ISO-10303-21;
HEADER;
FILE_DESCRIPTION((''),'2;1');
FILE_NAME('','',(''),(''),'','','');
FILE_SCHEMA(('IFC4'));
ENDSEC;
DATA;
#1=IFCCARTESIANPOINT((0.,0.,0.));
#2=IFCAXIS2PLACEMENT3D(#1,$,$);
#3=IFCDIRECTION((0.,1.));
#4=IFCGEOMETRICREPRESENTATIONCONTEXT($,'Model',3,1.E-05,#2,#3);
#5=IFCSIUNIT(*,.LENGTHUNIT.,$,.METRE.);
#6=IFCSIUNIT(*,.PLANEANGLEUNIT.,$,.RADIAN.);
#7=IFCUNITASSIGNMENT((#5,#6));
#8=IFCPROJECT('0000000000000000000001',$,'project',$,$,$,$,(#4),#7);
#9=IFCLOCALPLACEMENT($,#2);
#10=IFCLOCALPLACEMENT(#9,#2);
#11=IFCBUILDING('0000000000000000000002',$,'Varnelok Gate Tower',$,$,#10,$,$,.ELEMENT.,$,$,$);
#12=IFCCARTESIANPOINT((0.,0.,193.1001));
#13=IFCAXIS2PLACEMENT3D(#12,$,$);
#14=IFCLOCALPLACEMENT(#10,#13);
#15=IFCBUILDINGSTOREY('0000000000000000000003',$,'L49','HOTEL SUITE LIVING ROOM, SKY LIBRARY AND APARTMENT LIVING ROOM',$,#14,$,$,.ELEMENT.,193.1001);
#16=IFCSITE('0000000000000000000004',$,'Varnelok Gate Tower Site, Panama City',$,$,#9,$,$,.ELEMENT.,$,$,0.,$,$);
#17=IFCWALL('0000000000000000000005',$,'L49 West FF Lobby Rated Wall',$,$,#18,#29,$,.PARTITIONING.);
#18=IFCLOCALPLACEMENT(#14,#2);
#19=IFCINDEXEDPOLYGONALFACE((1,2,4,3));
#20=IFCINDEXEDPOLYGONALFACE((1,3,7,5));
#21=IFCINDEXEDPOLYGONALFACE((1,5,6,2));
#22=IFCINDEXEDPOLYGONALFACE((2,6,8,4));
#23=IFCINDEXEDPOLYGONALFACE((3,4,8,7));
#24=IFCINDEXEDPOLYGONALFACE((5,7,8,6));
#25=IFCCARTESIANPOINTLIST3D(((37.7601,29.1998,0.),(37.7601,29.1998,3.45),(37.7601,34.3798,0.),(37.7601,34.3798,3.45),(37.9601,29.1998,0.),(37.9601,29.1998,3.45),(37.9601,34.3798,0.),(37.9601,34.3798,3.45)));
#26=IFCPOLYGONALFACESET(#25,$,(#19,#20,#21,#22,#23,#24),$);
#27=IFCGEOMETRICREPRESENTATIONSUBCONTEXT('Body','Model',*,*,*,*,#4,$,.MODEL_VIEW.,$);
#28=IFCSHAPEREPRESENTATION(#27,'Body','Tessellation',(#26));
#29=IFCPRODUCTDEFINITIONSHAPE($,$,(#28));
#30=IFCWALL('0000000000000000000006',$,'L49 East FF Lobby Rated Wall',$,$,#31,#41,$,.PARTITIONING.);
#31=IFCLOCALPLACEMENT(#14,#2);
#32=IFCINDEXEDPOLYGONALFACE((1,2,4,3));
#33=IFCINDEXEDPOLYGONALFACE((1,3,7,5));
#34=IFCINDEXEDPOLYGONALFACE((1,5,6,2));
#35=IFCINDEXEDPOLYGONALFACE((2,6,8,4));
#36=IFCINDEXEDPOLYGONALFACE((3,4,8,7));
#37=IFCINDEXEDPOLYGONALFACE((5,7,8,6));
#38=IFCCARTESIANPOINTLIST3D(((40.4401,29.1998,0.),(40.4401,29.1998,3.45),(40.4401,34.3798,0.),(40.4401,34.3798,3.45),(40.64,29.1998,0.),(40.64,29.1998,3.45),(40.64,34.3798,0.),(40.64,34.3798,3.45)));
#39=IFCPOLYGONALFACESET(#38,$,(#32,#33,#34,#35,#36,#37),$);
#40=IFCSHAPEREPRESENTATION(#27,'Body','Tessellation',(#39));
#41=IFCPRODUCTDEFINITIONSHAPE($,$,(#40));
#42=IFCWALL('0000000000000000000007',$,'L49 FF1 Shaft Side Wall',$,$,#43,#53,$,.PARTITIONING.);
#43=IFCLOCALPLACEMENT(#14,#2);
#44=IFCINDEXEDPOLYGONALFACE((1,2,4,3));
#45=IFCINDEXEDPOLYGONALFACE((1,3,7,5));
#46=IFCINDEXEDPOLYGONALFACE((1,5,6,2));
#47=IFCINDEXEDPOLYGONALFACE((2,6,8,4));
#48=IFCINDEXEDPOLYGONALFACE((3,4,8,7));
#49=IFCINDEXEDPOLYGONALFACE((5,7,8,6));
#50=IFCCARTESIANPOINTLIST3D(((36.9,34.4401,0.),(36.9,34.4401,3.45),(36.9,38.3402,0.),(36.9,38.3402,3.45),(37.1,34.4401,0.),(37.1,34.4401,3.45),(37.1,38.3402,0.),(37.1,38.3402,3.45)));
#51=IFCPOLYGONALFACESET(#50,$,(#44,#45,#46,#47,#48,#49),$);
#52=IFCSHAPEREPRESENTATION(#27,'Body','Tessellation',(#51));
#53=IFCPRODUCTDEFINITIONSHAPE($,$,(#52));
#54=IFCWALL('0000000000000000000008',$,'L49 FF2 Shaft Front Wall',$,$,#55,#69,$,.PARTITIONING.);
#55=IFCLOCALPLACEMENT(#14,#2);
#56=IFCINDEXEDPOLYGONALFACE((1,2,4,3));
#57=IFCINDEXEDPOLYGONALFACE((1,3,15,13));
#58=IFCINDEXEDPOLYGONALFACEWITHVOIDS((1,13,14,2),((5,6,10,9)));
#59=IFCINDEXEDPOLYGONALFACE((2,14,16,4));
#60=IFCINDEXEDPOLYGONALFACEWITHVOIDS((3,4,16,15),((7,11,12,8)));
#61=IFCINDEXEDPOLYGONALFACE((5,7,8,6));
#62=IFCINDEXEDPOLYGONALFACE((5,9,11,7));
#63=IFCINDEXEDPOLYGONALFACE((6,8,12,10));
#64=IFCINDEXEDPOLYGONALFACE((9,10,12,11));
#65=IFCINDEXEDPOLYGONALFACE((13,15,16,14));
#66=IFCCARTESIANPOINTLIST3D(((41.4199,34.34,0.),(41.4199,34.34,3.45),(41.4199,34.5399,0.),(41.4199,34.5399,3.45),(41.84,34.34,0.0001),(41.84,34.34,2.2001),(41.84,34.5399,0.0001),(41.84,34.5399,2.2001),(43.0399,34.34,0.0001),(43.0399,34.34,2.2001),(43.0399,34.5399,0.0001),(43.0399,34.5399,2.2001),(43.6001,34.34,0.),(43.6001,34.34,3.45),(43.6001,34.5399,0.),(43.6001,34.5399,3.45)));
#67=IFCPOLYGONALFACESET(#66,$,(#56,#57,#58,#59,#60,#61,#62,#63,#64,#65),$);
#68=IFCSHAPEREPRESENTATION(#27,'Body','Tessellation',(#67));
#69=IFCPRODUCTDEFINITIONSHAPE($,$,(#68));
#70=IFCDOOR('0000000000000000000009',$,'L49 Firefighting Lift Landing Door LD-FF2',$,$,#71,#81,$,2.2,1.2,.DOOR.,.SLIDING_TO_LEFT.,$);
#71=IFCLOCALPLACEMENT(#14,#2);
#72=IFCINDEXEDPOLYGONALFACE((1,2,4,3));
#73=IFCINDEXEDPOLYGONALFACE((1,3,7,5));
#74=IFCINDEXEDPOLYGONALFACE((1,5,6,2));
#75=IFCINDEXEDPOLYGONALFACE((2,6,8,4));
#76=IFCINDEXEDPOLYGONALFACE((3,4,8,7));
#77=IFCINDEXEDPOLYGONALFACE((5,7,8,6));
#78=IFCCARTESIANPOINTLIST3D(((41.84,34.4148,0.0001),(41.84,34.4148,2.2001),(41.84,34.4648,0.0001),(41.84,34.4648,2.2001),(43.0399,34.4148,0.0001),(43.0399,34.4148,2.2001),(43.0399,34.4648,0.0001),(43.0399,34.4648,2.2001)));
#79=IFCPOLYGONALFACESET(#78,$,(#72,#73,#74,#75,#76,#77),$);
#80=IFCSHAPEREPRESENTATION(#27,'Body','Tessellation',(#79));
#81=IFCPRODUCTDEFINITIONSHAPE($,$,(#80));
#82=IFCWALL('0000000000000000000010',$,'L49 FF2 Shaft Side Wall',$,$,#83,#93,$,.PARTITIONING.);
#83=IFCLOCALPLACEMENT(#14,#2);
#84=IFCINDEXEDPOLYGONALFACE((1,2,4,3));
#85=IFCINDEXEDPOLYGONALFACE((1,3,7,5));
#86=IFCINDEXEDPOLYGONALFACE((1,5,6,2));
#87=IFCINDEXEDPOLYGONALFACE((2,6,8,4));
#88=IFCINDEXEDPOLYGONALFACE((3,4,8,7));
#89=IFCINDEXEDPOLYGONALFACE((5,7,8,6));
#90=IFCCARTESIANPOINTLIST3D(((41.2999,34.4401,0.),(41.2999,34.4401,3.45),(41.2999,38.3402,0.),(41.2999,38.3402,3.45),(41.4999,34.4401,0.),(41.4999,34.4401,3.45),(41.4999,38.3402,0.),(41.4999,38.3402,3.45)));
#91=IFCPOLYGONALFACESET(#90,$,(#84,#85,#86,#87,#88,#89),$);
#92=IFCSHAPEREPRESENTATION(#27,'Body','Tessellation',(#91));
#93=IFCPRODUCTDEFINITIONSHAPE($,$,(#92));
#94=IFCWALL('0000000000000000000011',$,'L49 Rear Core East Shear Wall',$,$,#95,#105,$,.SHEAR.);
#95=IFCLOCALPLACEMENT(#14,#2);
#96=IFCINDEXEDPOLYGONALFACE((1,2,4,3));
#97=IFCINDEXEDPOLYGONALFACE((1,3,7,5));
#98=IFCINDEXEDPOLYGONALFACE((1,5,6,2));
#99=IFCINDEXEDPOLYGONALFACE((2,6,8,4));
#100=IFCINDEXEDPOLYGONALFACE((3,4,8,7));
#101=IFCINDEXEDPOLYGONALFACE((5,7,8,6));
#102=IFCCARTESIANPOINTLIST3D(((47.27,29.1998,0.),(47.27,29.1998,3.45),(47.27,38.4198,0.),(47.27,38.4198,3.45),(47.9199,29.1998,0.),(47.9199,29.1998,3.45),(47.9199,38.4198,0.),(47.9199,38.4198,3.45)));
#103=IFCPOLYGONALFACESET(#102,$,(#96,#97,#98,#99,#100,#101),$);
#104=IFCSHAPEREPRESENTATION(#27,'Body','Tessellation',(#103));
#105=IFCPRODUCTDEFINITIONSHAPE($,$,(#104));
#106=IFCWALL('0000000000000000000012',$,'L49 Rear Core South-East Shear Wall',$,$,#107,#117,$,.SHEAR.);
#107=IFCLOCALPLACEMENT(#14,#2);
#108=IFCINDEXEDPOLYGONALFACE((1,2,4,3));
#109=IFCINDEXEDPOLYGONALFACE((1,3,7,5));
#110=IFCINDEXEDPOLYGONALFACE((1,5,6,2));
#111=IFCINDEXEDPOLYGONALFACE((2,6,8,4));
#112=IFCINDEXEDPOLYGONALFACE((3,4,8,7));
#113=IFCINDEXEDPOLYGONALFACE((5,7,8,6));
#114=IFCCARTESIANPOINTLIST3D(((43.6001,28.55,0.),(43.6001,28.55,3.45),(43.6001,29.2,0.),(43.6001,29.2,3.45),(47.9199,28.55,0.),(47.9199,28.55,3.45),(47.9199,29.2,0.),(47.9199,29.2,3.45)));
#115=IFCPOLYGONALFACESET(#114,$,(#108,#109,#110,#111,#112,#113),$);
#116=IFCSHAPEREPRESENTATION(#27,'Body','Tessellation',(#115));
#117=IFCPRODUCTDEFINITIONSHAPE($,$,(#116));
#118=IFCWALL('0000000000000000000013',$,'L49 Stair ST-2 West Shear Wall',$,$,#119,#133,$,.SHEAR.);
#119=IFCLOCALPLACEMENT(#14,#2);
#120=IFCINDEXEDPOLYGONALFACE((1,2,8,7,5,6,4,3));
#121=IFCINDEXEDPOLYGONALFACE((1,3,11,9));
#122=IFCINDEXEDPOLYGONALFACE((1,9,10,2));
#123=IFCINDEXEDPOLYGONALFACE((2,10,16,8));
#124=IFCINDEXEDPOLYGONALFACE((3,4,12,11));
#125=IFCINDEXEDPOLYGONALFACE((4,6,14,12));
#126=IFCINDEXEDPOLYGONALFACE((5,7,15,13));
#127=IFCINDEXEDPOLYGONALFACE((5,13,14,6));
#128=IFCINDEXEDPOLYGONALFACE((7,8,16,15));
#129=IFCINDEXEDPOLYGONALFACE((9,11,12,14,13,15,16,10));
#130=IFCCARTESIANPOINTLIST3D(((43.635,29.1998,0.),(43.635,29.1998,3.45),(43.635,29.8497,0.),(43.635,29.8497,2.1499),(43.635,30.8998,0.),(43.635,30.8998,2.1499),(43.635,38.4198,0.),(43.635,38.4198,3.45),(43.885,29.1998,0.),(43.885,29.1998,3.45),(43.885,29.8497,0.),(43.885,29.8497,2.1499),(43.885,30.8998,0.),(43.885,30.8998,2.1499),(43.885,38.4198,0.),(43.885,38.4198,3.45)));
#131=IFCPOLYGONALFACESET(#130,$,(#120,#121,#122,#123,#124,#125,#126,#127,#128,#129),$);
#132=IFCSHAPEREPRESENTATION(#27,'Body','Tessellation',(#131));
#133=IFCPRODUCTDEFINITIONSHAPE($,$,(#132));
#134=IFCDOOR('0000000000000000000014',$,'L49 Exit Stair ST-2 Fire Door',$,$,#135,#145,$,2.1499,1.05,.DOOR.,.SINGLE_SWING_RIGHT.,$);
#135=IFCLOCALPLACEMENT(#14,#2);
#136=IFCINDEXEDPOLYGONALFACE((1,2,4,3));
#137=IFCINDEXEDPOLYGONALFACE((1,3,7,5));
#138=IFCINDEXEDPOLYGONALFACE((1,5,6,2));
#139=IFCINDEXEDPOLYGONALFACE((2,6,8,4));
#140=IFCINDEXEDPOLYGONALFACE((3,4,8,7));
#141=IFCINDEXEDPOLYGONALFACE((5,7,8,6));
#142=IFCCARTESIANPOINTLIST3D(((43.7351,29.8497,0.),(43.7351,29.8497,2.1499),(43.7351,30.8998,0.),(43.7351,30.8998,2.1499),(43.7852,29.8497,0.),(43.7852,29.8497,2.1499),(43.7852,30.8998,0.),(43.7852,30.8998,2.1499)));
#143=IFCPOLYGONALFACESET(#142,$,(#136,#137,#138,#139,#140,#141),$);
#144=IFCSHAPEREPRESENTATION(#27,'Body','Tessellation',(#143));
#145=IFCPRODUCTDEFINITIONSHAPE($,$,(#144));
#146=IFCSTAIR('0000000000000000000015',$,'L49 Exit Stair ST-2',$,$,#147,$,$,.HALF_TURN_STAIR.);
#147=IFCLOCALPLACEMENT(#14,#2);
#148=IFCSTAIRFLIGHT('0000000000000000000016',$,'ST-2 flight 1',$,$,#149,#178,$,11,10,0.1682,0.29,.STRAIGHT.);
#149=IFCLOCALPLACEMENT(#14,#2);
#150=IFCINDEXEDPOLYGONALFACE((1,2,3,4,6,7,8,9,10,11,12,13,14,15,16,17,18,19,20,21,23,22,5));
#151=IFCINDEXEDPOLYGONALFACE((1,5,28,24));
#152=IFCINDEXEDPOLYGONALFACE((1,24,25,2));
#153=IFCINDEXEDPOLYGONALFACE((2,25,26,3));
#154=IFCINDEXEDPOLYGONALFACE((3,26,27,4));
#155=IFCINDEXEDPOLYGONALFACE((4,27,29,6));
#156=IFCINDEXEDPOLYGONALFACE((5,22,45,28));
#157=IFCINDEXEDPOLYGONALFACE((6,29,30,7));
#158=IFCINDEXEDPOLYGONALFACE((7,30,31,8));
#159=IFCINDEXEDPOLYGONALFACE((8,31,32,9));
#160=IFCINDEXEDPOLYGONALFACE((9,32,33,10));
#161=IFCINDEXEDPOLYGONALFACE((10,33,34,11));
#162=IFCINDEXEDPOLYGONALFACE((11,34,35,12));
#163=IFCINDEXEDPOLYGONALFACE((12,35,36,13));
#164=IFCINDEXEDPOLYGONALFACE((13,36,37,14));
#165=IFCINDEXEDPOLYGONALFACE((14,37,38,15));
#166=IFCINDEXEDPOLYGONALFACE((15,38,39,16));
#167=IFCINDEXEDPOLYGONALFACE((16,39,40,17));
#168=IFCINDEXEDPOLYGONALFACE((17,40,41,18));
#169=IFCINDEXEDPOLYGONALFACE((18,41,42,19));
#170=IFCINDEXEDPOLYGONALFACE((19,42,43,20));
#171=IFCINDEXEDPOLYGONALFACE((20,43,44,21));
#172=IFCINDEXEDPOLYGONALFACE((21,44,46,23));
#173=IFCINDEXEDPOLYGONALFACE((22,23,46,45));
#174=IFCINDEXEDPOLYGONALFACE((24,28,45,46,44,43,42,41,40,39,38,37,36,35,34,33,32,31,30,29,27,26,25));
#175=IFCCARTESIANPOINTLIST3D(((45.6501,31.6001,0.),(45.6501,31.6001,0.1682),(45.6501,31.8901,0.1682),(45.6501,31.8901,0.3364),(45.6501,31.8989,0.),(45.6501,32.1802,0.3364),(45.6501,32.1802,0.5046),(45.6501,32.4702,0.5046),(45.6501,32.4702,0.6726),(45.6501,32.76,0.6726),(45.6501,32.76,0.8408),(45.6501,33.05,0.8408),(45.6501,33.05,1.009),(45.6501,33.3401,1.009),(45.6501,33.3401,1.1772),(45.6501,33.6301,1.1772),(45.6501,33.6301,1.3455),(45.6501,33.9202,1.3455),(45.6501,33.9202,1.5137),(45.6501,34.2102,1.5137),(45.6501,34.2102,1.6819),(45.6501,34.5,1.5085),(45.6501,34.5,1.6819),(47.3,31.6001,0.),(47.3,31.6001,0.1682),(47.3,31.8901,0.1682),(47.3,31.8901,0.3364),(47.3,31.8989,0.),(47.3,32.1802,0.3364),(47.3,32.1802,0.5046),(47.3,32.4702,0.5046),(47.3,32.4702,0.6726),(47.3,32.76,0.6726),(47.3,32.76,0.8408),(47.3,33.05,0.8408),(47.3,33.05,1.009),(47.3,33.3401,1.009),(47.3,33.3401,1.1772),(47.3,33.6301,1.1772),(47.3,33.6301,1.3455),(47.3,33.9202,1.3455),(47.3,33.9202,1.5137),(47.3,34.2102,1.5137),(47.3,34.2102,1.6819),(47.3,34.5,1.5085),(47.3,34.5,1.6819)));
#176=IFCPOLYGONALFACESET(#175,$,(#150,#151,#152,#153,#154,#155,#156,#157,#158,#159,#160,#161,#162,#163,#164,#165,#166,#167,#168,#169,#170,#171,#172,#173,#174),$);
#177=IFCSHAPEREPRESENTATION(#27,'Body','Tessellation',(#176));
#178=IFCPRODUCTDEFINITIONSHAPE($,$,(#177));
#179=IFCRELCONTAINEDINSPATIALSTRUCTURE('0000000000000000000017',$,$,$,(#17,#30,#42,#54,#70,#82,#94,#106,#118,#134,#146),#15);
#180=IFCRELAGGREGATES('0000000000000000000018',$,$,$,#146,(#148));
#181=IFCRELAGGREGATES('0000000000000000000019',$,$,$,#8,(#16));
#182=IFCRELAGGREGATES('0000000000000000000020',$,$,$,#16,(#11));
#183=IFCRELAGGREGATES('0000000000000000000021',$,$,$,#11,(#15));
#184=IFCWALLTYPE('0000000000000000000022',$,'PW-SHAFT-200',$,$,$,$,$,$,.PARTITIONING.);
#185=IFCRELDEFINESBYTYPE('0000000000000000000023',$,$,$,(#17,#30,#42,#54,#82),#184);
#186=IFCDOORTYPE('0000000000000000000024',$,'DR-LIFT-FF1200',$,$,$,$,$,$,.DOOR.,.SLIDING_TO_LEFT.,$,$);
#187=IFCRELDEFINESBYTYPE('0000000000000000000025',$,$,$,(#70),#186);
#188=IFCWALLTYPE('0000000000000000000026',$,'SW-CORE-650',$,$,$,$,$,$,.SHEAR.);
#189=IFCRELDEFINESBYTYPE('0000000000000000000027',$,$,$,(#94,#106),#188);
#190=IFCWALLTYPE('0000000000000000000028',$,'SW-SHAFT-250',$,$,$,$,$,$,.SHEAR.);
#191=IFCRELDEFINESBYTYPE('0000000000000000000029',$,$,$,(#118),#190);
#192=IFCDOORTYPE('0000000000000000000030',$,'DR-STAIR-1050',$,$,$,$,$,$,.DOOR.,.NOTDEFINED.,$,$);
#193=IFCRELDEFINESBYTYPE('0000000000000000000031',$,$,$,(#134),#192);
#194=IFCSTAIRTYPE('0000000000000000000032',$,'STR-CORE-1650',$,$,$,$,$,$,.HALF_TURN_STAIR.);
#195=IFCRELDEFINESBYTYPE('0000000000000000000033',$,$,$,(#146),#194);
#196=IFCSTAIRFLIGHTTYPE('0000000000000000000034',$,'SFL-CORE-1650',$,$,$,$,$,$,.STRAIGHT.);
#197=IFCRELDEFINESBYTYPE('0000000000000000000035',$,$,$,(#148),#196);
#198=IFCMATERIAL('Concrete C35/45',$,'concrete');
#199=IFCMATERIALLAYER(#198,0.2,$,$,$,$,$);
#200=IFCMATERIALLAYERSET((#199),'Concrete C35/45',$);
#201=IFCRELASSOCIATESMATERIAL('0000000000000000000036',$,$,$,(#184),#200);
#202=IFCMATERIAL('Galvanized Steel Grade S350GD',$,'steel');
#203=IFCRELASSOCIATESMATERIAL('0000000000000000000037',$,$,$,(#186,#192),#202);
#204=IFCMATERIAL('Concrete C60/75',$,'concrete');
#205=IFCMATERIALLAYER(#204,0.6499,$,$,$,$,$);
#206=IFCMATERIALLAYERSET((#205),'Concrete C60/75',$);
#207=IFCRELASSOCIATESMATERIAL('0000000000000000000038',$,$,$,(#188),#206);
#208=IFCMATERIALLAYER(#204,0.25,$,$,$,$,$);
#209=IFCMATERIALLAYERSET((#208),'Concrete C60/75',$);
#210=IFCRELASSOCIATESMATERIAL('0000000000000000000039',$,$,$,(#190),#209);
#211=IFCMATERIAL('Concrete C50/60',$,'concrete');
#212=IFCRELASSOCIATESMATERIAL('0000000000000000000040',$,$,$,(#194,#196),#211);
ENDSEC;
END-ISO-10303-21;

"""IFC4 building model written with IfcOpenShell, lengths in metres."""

from ifc_helpers import new_model, si_unit, direction, frame, frame_2d, origin, place, context, subcontext, project, spatial, polyline, rectangle, outline, extrude, material, layer, layer_set, type_object, element, fill, aggregate, save


model = new_model("IFC4")

# Units and contexts
model_context = context("Model", 3, precision=1e-05, world=origin(), true_north=direction((0.0, 1.0)))
body_context = subcontext(model_context, "Body", "Model", "MODEL_VIEW")
ifc_project = project(units=[si_unit("LENGTHUNIT", "METRE"), si_unit("PLANEANGLEUNIT", "RADIAN")], contexts=[model_context])

# Site, building, storey
site_placement = place(None, origin())
site = spatial("IfcSite", under=ifc_project, at=site_placement, Name="Varnelok Gate Tower Site, Panama City", CompositionType="ELEMENT", RefElevation=0.0)
building_placement = place(site_placement, origin())
building = spatial("IfcBuilding", under=site, at=building_placement, Name="Varnelok Gate Tower", CompositionType="ELEMENT")
storey_placement = place(building_placement, frame((0.0, 0.0, 193.1001)))
storey = spatial("IfcBuildingStorey", under=building, at=storey_placement, Name="L49", Description="HOTEL SUITE LIVING ROOM, SKY LIBRARY AND APARTMENT LIVING ROOM", CompositionType="ELEMENT", Elevation=193.1001)

# Shared definitions
ifc_material_1 = material(Name="Concrete C60/75", Category="concrete")

# Shared definitions
ifc_material_2 = material(Name="Galvanized Steel Grade S350GD", Category="steel")

# Walls
ifc_material_3 = material(Name="Concrete C35/45", Category="concrete")
ifc_layer_1 = layer(ifc_material_3, 0.2)
ifc_layer_set_1 = layer_set([ifc_layer_1], Name="Concrete C35/45")
wall_type_1 = type_object("IfcWallType", Name="PW-SHAFT-200", PredefinedType="PARTITIONING", material=ifc_layer_set_1)
for number, where, z_axis, x_axis, name in (
    (1, (37.8601, 29.2, 0.0), (0.0, 0.0, 1.0), (0.0, 1.0, 0.0), "L49 West FF Lobby Rated Wall"),
    (2, (40.54, 29.2, 0.0), (0.0, 0.0, 1.0), (0.0, 1.0, 0.0), "L49 East FF Lobby Rated Wall"),
):
    element("IfcWall", number, at=place(storey_placement, frame(where, z_axis=z_axis, x_axis=x_axis)), inside=storey, type_object=wall_type_1, Name=name, PredefinedType="PARTITIONING", context=body_context, shape_type="SweptSolid", body=[
        extrude(rectangle(XDim=5.1799, YDim=0.2, at=frame_2d((2.5898, 0.0))), origin(), (0.0, 0.0, 1.0), 3.45),
    ])
wall_1_placement = place(storey_placement, frame((37.0, 34.4399, 0.0), z_axis=(0.0, 0.0, 1.0), x_axis=(0.0, 1.0, 0.0)))
element("IfcWall", 3, at=wall_1_placement, inside=storey, type_object=wall_type_1, Name="L49 FF1 Shaft Side Wall", PredefinedType="PARTITIONING", context=body_context, shape_type="SweptSolid", body=[
    extrude(rectangle(XDim=3.9001, YDim=0.2, at=frame_2d((1.9502, 0.0))), origin(), (0.0, 0.0, 1.0), 3.45),
])

# Wall, opening, door
wall_2_placement = place(storey_placement, frame((41.4199, 34.4399, 0.0), z_axis=(0.0, 0.0, 1.0), x_axis=(1.0, 0.0, 0.0)))
wall_2 = element("IfcWall", 4, at=wall_2_placement, inside=storey, type_object=wall_type_1, Name="L49 FF2 Shaft Front Wall", PredefinedType="PARTITIONING", context=body_context, shape_type="SweptSolid", body=[
    extrude(rectangle(XDim=2.1802, YDim=0.2, at=frame_2d((1.0901, 0.0))), origin(), (0.0, 0.0, 1.0), 3.45),
])
opening_1_placement = place(wall_2_placement, frame((0.4199, 0.0, 0.0)))
opening_1 = element("IfcOpeningElement", 5, at=opening_1_placement, cuts=wall_2, PredefinedType="OPENING", context=body_context, shape_type="SweptSolid", body=[
    extrude(rectangle(XDim=1.2, YDim=2.2, at=frame_2d((0.6001, 1.1001))), frame((0.0, 0.1099, 0.0), z_axis=(0.0, -1.0, 0.0), x_axis=(1.0, 0.0, 0.0)), (0.0, 0.0, 1.0), 0.22),
])
door_type_1 = type_object("IfcDoorType", Name="DR-LIFT-FF1200", OperationType="SLIDING_TO_LEFT", PredefinedType="DOOR", material=ifc_material_2)
door_1_placement = place(opening_1_placement, origin())
door_1 = element("IfcDoor", 6, at=door_1_placement, inside=storey, type_object=door_type_1, Name="L49 Firefighting Lift Landing Door LD-FF2", OperationType="SLIDING_TO_LEFT", OverallHeight=2.2, OverallWidth=1.2, PredefinedType="DOOR", context=body_context, shape_type="SweptSolid", body=[
    extrude(rectangle(XDim=1.2, YDim=2.2, at=frame_2d((0.6001, 1.1001))), frame((0.0, 0.0249, 0.0), z_axis=(0.0, -1.0, 0.0), x_axis=(1.0, 0.0, 0.0)), (0.0, 0.0, 1.0), 0.05),
])
fill(opening_1, door_1)

# Walls
wall_3_placement = place(storey_placement, frame((41.3999, 34.4399, 0.0), z_axis=(0.0, 0.0, 1.0), x_axis=(0.0, 1.0, 0.0)))
element("IfcWall", 7, at=wall_3_placement, inside=storey, type_object=wall_type_1, Name="L49 FF2 Shaft Side Wall", PredefinedType="PARTITIONING", context=body_context, shape_type="SweptSolid", body=[
    extrude(rectangle(XDim=3.9001, YDim=0.2, at=frame_2d((1.9502, 0.0))), origin(), (0.0, 0.0, 1.0), 3.45),
])
ifc_layer_2 = layer(ifc_material_1, 0.6499)
ifc_layer_set_2 = layer_set([ifc_layer_2], Name="Concrete C60/75")
wall_type_2 = type_object("IfcWallType", Name="SW-CORE-650", PredefinedType="SHEAR", material=ifc_layer_set_2)
wall_4_placement = place(storey_placement, frame((47.595, 29.2, 0.0), z_axis=(0.0, 0.0, 1.0), x_axis=(0.0, 1.0, 0.0)))
element("IfcWall", 8, at=wall_4_placement, inside=storey, type_object=wall_type_2, Name="L49 Rear Core East Shear Wall", PredefinedType="SHEAR", context=body_context, shape_type="SweptSolid", body=[
    extrude(rectangle(XDim=9.22, YDim=0.6499, at=frame_2d((4.6099, 0.0))), origin(), (0.0, 0.0, 1.0), 3.45),
])
wall_5_placement = place(storey_placement, frame((43.6001, 28.875, 0.0), z_axis=(0.0, 0.0, 1.0), x_axis=(1.0, 0.0, 0.0)))
element("IfcWall", 9, at=wall_5_placement, inside=storey, type_object=wall_type_2, Name="L49 Rear Core South-East Shear Wall", PredefinedType="SHEAR", context=body_context, shape_type="SweptSolid", body=[
    extrude(rectangle(XDim=4.3198, YDim=0.6499, at=frame_2d((2.1599, 0.0))), origin(), (0.0, 0.0, 1.0), 3.45),
])

# Wall, opening, door
ifc_layer_3 = layer(ifc_material_1, 0.25)
ifc_layer_set_3 = layer_set([ifc_layer_3], Name="Concrete C60/75")
wall_type_3 = type_object("IfcWallType", Name="SW-SHAFT-250", PredefinedType="SHEAR", material=ifc_layer_set_3)
wall_6_placement = place(storey_placement, frame((43.76, 29.2, 0.0), z_axis=(0.0, 0.0, 1.0), x_axis=(0.0, 1.0, 0.0)))
wall_6 = element("IfcWall", 10, at=wall_6_placement, inside=storey, type_object=wall_type_3, Name="L49 Stair ST-2 West Shear Wall", PredefinedType="SHEAR", context=body_context, shape_type="SweptSolid", body=[
    extrude(rectangle(XDim=9.22, YDim=0.25, at=frame_2d((4.6099, 0.0))), origin(), (0.0, 0.0, 1.0), 3.45),
])
opening_2_placement = place(wall_6_placement, frame((0.6499, 0.0, 0.0)))
opening_2 = element("IfcOpeningElement", 11, at=opening_2_placement, cuts=wall_6, PredefinedType="OPENING", context=body_context, shape_type="SweptSolid", body=[
    extrude(rectangle(XDim=1.05, YDim=2.1499, at=frame_2d((0.5249, 1.075))), frame((0.0, 0.135, 0.0), z_axis=(0.0, -1.0, 0.0), x_axis=(1.0, 0.0, 0.0)), (0.0, 0.0, 1.0), 0.27),
])
door_type_2 = type_object("IfcDoorType", Name="DR-STAIR-1050", OperationType="NOTDEFINED", PredefinedType="DOOR", material=ifc_material_2)
door_2_placement = place(opening_2_placement, origin())
door_2 = element("IfcDoor", 12, at=door_2_placement, inside=storey, type_object=door_type_2, Name="L49 Exit Stair ST-2 Fire Door", OperationType="SINGLE_SWING_RIGHT", OverallHeight=2.1499, OverallWidth=1.05, PredefinedType="DOOR", context=body_context, shape_type="SweptSolid", body=[
    extrude(rectangle(XDim=1.05, YDim=2.1499, at=frame_2d((0.5249, 1.075))), frame((0.0, 0.0249, 0.0), z_axis=(0.0, -1.0, 0.0), x_axis=(1.0, 0.0, 0.0)), (0.0, 0.0, 1.0), 0.05),
])
fill(opening_2, door_2)

# Stair, stair flight
ifc_material_4 = material(Name="Concrete C50/60", Category="concrete")
stair_type = type_object("IfcStairType", Name="STR-CORE-1650", PredefinedType="HALF_TURN_STAIR", material=ifc_material_4)
stair_placement = place(storey_placement, origin())
stair = element("IfcStair", 13, at=stair_placement, inside=storey, type_object=stair_type, Name="L49 Exit Stair ST-2", PredefinedType="HALF_TURN_STAIR")
stair_flight_type = type_object("IfcStairFlightType", Name="SFL-CORE-1650", PredefinedType="STRAIGHT", material=ifc_material_4)
stair_flight_1_placement = place(storey_placement, frame((46.4751, 31.6001, 0.0), z_axis=(0.0, 0.0, 1.0), x_axis=(0.0, 1.0, 0.0)))
stair_flight_1 = element("IfcStairFlight", 14, at=stair_flight_1_placement, type_object=stair_flight_type, Name="ST-2 flight 1", NumberOfRisers=11, NumberOfTreads=10, PredefinedType="STRAIGHT", RiserHeight=0.1682, TreadLength=0.29, context=body_context, shape_type="SweptSolid", body=[
    extrude(outline(polyline([(0.0, 0.0), (0.0, 0.1682), (0.29, 0.1682), (0.29, 0.3364), (0.5801, 0.3364), (0.5801, 0.5046), (0.8701, 0.5046), (0.8701, 0.6726), (1.1599, 0.6726), (1.1599, 0.8408), (1.45, 0.8408), (1.45, 1.009), (1.74, 1.009), (1.74, 1.1772), (2.03, 1.1772), (2.03, 1.3455), (2.3201, 1.3455), (2.3201, 1.5137), (2.6101, 1.5137), (2.6101, 1.6819), (2.8999, 1.6819), (2.8999, 1.8501), (2.8999, 1.5085), (0.2988, 0.0), (0.0, 0.0)])), frame((0.0, 0.825, 0.0), z_axis=(0.0, -1.0, 0.0), x_axis=(1.0, 0.0, 0.0)), (0.0, 0.0, 1.0), 1.6499),
])
aggregate(stair, [stair_flight_1])

save(model, "model.ifc")
